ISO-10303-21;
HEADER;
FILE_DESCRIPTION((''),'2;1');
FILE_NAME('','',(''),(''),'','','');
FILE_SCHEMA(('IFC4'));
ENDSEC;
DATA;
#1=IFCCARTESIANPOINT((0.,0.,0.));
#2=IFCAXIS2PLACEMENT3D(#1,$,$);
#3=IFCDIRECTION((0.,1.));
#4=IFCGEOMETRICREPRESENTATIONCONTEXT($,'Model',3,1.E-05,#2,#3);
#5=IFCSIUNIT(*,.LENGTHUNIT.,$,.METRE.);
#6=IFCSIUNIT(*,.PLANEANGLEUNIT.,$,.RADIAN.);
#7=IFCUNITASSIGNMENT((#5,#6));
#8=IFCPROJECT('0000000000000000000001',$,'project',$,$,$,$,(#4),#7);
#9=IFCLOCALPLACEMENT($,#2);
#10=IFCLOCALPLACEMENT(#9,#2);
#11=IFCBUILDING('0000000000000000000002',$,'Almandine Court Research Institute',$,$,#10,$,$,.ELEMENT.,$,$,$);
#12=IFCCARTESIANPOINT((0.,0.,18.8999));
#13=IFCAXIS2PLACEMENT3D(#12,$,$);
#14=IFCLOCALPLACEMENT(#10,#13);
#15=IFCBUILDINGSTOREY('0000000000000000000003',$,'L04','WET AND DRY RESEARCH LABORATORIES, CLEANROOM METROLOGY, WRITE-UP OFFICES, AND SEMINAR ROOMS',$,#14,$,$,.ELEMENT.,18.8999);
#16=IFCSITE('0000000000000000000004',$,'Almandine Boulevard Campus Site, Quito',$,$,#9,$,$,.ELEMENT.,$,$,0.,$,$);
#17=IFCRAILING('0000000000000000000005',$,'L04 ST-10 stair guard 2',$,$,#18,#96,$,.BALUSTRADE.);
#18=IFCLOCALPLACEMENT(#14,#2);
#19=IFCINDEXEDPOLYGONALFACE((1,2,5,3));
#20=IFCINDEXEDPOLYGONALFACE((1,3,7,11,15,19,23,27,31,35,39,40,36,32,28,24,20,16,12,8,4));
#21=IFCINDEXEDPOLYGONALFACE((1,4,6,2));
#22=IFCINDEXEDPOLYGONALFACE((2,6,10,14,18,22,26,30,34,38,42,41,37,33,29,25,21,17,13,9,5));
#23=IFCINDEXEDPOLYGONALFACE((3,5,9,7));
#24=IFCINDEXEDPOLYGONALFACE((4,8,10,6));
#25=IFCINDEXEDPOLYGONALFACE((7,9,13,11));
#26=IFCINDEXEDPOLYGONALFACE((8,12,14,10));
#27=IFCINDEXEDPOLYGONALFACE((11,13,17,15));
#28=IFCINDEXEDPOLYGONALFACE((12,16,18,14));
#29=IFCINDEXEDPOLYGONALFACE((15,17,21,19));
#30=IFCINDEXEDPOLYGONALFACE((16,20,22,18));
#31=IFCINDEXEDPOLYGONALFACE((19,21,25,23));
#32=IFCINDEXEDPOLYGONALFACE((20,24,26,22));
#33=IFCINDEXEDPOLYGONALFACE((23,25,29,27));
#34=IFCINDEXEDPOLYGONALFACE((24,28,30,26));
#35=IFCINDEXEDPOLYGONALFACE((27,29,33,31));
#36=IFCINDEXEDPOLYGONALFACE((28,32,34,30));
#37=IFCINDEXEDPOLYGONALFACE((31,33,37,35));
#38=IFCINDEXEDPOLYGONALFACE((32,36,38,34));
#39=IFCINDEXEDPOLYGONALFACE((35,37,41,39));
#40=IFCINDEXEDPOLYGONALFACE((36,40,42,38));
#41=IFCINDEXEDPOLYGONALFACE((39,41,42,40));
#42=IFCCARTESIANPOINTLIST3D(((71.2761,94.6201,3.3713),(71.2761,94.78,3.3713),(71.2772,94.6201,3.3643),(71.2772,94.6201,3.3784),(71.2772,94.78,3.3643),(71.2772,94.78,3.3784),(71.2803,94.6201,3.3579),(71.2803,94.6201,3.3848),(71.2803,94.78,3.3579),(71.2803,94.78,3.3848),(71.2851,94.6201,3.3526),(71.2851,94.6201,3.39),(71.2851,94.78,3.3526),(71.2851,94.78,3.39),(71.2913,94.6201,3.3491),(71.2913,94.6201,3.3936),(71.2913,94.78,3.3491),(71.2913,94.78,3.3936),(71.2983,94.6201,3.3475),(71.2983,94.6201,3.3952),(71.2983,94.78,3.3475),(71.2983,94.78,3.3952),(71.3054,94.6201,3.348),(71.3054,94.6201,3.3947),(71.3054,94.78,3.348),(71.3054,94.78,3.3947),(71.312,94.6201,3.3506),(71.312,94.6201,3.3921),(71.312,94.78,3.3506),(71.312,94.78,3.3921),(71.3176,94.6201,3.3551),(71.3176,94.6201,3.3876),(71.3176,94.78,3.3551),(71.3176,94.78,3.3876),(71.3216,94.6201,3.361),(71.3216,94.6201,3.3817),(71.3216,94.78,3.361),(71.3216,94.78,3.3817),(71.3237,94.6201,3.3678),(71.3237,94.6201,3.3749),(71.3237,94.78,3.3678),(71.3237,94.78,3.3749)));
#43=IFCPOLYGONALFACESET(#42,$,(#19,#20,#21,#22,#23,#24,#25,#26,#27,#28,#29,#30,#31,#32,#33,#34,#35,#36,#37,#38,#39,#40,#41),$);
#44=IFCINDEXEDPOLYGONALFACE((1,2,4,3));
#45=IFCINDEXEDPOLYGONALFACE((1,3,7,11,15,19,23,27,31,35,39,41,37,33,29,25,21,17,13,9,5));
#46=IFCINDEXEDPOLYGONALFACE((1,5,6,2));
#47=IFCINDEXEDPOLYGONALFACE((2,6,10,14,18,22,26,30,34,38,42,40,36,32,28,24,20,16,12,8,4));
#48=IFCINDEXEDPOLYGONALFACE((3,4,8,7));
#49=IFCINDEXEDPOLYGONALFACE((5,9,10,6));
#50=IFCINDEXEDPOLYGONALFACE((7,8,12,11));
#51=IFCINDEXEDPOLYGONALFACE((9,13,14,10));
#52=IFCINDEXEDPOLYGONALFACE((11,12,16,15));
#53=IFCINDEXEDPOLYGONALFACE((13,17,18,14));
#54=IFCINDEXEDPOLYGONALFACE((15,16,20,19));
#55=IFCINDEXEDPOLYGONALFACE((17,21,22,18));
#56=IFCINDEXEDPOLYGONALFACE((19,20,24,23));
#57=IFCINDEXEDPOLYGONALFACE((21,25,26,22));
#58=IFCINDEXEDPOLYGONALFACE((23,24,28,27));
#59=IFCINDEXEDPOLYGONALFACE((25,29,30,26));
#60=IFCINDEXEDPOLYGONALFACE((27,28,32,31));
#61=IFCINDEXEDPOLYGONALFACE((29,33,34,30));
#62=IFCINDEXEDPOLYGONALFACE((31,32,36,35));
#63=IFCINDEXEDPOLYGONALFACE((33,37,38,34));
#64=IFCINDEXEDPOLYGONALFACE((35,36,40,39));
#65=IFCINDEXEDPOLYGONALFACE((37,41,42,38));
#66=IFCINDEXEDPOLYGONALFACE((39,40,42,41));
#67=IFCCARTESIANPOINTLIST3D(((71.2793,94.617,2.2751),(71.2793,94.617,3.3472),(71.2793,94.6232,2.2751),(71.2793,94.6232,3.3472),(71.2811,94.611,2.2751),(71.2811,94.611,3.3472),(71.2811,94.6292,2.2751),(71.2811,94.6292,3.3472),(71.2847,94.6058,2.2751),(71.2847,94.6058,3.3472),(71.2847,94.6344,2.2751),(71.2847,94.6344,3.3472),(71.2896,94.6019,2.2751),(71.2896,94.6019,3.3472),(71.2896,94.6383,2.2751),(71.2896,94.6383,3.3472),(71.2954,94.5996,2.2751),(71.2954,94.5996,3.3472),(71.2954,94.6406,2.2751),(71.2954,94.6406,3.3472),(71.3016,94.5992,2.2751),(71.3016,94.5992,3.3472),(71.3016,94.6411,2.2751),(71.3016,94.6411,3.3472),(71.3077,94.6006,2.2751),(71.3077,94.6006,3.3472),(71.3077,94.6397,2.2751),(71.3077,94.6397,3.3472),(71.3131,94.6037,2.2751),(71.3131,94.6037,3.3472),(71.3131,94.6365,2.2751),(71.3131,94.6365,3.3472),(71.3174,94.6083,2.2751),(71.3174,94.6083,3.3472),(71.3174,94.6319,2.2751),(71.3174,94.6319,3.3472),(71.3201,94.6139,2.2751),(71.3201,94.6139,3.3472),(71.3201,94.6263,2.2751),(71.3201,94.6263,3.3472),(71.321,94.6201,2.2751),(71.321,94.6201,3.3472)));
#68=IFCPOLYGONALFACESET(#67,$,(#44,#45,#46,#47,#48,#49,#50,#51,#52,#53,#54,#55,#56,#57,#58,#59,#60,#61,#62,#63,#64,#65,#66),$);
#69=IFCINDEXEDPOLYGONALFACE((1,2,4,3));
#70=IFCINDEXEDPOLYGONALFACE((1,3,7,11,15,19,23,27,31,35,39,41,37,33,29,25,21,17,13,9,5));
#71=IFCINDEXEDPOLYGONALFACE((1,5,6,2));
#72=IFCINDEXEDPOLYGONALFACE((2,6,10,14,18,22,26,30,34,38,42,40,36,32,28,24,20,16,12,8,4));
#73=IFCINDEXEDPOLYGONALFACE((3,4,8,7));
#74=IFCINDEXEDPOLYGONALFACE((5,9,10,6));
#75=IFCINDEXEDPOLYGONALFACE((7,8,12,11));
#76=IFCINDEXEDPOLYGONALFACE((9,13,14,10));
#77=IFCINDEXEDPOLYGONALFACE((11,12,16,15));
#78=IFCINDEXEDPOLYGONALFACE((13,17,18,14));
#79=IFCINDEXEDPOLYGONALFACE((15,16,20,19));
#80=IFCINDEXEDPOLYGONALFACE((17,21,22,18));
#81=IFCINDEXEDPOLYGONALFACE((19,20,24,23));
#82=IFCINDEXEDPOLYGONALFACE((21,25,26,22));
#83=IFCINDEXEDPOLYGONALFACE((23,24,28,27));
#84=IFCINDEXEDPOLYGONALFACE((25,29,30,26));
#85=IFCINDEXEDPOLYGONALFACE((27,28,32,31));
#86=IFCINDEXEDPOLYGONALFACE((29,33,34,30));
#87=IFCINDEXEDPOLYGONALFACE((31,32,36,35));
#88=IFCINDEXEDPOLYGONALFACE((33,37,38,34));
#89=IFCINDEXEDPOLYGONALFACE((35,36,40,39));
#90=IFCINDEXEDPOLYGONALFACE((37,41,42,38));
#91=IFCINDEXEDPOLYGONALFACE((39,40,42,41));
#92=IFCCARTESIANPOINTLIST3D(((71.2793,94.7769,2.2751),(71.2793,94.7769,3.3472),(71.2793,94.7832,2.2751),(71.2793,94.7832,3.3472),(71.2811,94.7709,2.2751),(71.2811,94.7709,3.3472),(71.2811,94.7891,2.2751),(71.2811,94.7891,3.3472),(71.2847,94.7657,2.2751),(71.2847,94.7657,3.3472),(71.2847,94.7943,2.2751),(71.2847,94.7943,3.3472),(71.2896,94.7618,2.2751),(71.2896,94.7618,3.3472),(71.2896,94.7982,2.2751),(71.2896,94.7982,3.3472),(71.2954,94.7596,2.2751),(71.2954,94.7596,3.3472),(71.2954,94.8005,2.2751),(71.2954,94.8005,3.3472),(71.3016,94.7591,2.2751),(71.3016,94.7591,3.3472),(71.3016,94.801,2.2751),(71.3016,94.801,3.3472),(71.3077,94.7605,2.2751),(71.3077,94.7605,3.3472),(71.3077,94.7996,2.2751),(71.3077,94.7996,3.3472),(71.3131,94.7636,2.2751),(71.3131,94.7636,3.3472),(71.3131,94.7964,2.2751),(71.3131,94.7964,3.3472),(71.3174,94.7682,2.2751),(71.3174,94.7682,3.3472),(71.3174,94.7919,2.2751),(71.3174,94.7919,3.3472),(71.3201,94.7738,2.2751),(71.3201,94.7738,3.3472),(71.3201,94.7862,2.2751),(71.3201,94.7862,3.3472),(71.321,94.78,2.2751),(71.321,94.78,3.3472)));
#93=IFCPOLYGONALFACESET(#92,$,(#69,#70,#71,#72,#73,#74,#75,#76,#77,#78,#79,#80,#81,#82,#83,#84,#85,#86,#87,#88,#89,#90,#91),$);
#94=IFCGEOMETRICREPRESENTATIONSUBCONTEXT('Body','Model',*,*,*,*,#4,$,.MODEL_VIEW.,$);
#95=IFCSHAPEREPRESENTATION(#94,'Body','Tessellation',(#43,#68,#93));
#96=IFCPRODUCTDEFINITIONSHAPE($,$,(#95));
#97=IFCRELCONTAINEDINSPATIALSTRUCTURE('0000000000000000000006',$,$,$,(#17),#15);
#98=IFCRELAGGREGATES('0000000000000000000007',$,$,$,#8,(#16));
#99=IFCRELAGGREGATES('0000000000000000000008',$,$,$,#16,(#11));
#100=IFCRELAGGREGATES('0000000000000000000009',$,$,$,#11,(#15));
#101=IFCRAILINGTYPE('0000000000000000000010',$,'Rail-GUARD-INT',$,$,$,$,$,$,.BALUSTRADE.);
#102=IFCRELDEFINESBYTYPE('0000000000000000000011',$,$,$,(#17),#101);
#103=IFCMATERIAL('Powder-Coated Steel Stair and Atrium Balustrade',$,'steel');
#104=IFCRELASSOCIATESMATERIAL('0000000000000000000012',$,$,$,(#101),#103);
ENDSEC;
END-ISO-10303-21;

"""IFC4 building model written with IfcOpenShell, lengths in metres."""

from ifc_helpers import new_model, si_unit, direction, frame, origin, origin_2d, place, context, subcontext, project, spatial, circle, extrude, material, type_object, element, save


model = new_model("IFC4")

# Units and contexts
model_context = context("Model", 3, precision=1e-05, world=origin(), true_north=direction((0.0, 1.0)))
body_context = subcontext(model_context, "Body", "Model", "MODEL_VIEW")
ifc_project = project(units=[si_unit("LENGTHUNIT", "METRE"), si_unit("PLANEANGLEUNIT", "RADIAN")], contexts=[model_context])

# Site, building, storey
site_placement = place(None, origin())
site = spatial("IfcSite", under=ifc_project, at=site_placement, Name="Almandine Boulevard Campus Site, Quito", CompositionType="ELEMENT", RefElevation=0.0)
building_placement = place(site_placement, origin())
building = spatial("IfcBuilding", under=site, at=building_placement, Name="Almandine Court Research Institute", CompositionType="ELEMENT")
storey_placement = place(building_placement, frame((0.0, 0.0, 18.8999)))
storey = spatial("IfcBuildingStorey", under=building, at=storey_placement, Name="L04", Description="WET AND DRY RESEARCH LABORATORIES, CLEANROOM METROLOGY, WRITE-UP OFFICES, AND SEMINAR ROOMS", CompositionType="ELEMENT", Elevation=18.8999)

# Railing
ifc_material_1 = material(Name="Powder-Coated Steel Stair and Atrium Balustrade", Category="steel")
railing_type_1 = type_object("IfcRailingType", Name="Rail-GUARD-INT", PredefinedType="BALUSTRADE", material=ifc_material_1)
railing_1_placement = place(storey_placement, frame((71.3, 94.6201, 2.2751)))
element("IfcRailing", 1, at=railing_1_placement, inside=storey, type_object=railing_type_1, Name="L04 ST-10 stair guard 2", PredefinedType="BALUSTRADE", context=body_context, shape_type="SweptSolid", body=[
    extrude(circle(Radius=0.0239, at=origin_2d()), frame((0.0, 0.0, 1.0962), z_axis=(0.0, 1.0, 0.0), x_axis=(-1.0, 0.0, 0.0)), (0.0, 0.0, 1.0), 0.1599),
    extrude(circle(Radius=0.021, at=origin_2d()), origin(), (0.0, 0.0, 1.0), 1.072),
    extrude(circle(Radius=0.021, at=origin_2d()), frame((0.0, 0.1599, 0.0)), (0.0, 0.0, 1.0), 1.072),
])

save(model, "model.ifc")
